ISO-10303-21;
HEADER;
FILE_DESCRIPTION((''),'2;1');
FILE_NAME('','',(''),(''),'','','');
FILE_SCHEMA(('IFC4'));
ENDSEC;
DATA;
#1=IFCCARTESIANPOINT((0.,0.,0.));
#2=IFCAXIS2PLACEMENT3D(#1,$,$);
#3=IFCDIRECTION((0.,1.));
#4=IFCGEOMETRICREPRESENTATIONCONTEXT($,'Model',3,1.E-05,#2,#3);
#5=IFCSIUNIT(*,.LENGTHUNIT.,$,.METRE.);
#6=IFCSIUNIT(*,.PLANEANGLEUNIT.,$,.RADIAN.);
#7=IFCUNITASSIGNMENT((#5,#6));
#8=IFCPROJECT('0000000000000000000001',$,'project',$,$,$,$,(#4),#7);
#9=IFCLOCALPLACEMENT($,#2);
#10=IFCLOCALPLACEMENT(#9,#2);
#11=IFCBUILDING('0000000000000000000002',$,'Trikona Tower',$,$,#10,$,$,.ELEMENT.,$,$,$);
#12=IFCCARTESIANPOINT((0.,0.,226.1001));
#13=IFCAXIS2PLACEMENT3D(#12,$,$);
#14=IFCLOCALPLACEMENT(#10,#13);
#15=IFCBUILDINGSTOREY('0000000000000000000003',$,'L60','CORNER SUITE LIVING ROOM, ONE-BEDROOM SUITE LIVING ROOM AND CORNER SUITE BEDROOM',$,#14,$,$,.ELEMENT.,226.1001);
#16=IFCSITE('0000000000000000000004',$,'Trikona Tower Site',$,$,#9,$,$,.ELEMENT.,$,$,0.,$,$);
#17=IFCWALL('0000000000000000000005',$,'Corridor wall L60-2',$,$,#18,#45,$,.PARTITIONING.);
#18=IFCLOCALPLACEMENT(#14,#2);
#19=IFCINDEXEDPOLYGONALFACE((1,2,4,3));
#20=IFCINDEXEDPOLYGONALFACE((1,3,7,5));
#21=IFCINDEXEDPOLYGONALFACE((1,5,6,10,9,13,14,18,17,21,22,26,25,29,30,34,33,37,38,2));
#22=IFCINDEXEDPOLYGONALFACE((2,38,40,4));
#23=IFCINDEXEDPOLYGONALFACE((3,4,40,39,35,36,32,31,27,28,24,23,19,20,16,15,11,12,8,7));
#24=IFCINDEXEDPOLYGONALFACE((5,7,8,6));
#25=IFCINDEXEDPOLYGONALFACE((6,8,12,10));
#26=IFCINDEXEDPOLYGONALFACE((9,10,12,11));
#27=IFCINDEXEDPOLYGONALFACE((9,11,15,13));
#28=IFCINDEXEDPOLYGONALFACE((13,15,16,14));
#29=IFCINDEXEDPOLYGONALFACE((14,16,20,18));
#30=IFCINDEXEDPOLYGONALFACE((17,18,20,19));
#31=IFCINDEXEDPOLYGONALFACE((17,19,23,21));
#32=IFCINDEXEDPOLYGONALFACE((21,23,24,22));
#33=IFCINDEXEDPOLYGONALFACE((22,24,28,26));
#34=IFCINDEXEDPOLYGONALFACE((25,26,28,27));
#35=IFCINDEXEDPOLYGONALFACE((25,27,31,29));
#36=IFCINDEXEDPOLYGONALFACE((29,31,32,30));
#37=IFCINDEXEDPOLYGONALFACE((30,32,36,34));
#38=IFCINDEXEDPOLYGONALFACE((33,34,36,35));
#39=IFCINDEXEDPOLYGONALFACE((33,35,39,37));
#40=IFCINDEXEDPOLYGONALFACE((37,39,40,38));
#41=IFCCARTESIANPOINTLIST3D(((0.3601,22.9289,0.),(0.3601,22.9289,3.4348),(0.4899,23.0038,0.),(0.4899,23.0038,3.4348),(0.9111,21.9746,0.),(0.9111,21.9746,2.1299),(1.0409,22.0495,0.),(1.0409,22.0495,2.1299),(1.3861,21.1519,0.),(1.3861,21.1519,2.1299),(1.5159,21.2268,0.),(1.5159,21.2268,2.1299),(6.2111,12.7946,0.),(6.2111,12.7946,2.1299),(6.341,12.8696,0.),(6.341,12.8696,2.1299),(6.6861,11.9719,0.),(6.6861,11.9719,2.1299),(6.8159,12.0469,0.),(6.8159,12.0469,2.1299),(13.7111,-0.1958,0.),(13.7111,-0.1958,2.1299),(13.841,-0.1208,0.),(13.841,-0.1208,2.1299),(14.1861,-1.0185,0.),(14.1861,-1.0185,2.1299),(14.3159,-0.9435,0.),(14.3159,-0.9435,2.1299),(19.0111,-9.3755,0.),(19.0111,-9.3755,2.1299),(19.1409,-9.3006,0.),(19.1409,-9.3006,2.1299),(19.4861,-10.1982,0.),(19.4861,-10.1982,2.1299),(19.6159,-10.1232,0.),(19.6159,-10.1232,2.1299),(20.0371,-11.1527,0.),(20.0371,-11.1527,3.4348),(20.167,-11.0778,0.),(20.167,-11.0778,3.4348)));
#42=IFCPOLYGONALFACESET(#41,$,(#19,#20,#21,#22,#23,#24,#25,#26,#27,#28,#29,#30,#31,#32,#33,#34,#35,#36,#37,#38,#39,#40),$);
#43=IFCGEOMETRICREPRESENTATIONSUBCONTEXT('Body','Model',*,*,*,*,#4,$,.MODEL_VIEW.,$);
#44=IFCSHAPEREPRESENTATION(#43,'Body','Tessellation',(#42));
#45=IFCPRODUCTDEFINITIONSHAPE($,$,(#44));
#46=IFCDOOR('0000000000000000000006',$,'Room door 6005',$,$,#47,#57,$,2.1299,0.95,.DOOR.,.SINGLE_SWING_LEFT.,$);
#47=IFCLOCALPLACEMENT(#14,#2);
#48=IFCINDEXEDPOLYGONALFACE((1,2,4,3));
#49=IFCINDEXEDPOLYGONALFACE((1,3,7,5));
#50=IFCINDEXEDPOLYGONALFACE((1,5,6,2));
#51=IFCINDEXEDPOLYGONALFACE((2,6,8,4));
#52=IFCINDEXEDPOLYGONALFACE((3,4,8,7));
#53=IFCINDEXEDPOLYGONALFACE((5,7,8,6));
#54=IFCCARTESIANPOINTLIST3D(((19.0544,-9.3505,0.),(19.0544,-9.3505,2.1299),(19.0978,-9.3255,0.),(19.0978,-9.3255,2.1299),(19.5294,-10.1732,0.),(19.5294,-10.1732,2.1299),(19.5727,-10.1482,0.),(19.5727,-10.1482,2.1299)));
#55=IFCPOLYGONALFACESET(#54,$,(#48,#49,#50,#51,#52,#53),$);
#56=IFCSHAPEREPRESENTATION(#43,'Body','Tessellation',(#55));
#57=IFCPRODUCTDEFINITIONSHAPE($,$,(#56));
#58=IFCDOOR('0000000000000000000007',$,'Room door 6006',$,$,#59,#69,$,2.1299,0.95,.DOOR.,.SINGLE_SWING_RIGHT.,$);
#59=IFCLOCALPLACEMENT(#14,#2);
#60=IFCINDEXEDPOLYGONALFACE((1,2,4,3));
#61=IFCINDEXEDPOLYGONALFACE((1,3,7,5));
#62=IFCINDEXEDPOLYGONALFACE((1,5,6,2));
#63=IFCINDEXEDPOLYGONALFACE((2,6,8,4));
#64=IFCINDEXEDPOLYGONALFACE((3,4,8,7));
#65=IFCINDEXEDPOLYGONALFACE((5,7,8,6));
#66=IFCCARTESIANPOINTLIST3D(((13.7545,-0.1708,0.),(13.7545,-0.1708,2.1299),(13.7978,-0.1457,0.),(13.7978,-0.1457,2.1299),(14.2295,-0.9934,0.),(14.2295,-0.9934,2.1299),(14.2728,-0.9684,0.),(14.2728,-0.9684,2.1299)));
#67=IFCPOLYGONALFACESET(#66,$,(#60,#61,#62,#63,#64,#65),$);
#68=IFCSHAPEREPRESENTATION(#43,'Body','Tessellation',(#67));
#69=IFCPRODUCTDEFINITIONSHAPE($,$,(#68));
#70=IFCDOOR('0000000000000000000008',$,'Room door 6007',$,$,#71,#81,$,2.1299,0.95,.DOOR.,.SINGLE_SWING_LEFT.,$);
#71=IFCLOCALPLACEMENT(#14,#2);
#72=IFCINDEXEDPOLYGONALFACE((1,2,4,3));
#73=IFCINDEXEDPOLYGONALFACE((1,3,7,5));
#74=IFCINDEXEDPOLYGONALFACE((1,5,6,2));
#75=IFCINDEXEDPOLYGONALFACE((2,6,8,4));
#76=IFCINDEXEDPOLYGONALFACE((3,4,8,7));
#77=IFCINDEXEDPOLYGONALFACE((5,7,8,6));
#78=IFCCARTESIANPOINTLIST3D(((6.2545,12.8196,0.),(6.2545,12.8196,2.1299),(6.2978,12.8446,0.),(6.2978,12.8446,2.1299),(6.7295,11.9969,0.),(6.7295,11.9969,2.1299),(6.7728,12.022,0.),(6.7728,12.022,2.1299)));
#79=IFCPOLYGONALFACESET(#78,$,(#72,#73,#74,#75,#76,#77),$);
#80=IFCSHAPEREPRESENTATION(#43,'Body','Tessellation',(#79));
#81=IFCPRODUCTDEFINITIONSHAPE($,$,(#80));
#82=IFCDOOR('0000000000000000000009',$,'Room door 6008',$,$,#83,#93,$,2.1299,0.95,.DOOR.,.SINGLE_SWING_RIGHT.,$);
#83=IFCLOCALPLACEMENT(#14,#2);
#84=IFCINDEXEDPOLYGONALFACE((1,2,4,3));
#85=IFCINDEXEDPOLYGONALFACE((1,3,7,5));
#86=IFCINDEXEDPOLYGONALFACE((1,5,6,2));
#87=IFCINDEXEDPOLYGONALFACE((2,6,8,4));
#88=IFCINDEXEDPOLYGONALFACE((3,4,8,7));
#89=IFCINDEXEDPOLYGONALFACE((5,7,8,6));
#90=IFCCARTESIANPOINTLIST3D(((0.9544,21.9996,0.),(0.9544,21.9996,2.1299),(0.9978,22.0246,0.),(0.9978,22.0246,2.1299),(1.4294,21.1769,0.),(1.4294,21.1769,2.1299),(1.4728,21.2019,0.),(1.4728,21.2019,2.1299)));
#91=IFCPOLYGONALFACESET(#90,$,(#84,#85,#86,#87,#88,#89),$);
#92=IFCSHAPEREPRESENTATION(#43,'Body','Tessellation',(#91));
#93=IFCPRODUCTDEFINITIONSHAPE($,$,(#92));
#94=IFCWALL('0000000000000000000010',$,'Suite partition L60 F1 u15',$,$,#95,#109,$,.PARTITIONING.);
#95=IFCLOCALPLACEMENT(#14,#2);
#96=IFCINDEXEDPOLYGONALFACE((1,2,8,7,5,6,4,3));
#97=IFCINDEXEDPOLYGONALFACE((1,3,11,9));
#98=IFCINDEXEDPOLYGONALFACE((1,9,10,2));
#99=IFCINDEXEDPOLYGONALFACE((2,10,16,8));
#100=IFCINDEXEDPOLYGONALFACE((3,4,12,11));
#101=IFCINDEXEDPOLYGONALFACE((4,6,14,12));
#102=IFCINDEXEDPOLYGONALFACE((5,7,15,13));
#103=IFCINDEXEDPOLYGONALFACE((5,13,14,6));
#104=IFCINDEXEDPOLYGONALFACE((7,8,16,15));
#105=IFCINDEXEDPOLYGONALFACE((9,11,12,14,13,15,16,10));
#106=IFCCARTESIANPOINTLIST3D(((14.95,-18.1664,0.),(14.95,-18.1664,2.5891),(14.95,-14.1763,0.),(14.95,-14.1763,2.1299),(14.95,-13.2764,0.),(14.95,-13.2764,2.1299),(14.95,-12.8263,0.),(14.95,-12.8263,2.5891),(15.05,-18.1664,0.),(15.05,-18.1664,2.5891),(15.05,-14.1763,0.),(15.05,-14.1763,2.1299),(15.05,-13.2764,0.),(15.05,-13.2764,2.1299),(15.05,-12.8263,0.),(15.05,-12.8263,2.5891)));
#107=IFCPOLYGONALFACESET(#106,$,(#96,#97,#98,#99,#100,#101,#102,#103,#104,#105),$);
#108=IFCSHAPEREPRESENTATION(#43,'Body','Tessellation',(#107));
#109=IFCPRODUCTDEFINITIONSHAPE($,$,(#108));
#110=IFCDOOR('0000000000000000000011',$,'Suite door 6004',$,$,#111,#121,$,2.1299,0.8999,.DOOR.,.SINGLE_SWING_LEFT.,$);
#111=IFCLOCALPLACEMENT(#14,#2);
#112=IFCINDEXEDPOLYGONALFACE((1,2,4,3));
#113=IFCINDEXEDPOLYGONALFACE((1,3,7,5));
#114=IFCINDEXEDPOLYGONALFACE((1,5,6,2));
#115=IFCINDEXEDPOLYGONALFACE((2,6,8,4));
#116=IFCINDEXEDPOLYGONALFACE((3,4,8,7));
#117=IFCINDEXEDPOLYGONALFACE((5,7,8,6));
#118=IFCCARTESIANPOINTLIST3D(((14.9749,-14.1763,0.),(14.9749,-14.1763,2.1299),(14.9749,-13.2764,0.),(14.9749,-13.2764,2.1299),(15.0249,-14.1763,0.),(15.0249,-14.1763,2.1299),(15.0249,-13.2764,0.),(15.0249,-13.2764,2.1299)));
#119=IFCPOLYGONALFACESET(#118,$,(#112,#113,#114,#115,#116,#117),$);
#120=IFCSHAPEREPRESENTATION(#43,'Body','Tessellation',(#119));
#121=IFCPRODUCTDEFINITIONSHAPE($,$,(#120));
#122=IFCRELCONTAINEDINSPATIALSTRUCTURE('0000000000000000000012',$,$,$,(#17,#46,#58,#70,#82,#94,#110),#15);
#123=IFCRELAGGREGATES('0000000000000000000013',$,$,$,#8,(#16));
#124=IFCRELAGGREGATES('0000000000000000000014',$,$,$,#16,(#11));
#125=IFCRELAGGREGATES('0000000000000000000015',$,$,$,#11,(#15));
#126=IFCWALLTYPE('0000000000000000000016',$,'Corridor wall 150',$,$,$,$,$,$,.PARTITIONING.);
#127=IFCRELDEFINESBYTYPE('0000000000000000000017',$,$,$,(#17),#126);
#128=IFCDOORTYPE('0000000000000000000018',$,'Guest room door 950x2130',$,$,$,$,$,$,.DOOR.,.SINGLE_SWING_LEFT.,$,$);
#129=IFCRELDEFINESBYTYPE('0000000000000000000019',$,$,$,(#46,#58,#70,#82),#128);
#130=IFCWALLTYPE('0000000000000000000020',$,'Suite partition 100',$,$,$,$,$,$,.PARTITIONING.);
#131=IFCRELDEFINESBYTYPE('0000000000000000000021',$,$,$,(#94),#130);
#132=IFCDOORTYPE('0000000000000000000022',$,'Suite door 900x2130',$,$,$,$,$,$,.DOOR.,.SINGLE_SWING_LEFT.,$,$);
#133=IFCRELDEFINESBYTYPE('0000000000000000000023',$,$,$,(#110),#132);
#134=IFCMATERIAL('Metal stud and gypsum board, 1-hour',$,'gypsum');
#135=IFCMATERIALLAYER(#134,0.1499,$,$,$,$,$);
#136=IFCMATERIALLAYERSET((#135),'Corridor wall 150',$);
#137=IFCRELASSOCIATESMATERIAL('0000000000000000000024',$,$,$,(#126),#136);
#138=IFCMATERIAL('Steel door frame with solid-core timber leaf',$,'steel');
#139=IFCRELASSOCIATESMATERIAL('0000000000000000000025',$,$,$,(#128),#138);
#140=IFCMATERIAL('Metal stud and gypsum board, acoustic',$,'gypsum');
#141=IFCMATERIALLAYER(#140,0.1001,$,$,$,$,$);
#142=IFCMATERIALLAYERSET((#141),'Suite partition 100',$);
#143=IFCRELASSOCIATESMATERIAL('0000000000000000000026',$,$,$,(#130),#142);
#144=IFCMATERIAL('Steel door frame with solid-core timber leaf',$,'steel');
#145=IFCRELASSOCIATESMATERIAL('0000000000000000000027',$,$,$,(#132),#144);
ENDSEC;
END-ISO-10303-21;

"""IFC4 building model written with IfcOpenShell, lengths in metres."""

from ifc_helpers import new_model, si_unit, direction, frame, frame_2d, origin, place, context, subcontext, project, spatial, rectangle, extrude, material, layer, layer_set, type_object, element, fill, save


model = new_model("IFC4")

# Units and contexts
model_context = context("Model", 3, precision=1e-05, world=origin(), true_north=direction((0.0, 1.0)))
body_context = subcontext(model_context, "Body", "Model", "MODEL_VIEW")
ifc_project = project(units=[si_unit("LENGTHUNIT", "METRE"), si_unit("PLANEANGLEUNIT", "RADIAN")], contexts=[model_context])

# Site, building, storey
site_placement = place(None, origin())
site = spatial("IfcSite", under=ifc_project, at=site_placement, Name="Trikona Tower Site", CompositionType="ELEMENT", RefElevation=0.0)
building_placement = place(site_placement, origin())
building = spatial("IfcBuilding", under=site, at=building_placement, Name="Trikona Tower", CompositionType="ELEMENT")
storey_placement = place(building_placement, frame((0.0, 0.0, 226.1001)))
storey = spatial("IfcBuildingStorey", under=building, at=storey_placement, Name="L60", Description="CORNER SUITE LIVING ROOM, ONE-BEDROOM SUITE LIVING ROOM AND CORNER SUITE BEDROOM", CompositionType="ELEMENT", Elevation=226.1001)

# Wall, openings, doors
ifc_material_1 = material(Name="Metal stud and gypsum board, 1-hour", Category="gypsum")
ifc_layer_1 = layer(ifc_material_1, 0.1499)
ifc_layer_set_1 = layer_set([ifc_layer_1], Name="Corridor wall 150")
wall_type_1 = type_object("IfcWallType", Name="Corridor wall 150", PredefinedType="PARTITIONING", material=ifc_layer_set_1)
wall_1_placement = place(storey_placement, frame((20.1021, -11.1152, 0.0), z_axis=(0.0, 0.0, 1.0), x_axis=(-0.5, 0.866025, 0.0)))
wall_1 = element("IfcWall", 1, at=wall_1_placement, inside=storey, type_object=wall_type_1, Name="Corridor wall L60-2", PredefinedType="PARTITIONING", context=body_context, shape_type="SweptSolid", body=[
    extrude(rectangle(XDim=39.354, YDim=0.1499, at=frame_2d((19.677, 0.0))), origin(), (0.0, 0.0, 1.0), 3.4348),
])
opening_1_placement = place(wall_1_placement, frame((1.1021, 0.0, 0.0)))
opening_1 = element("IfcOpeningElement", 2, at=opening_1_placement, cuts=wall_1, PredefinedType="OPENING", context=body_context, shape_type="SweptSolid", body=[
    extrude(rectangle(XDim=0.95, YDim=2.1299, at=frame_2d((0.4751, 1.0649))), frame((0.0, 0.085, 0.0), z_axis=(0.0, -1.0, 0.0), x_axis=(1.0, 0.0, 0.0)), (0.0, 0.0, 1.0), 0.1699),
])
opening_2_placement = place(wall_1_placement, frame((11.7019, 0.0, 0.0)))
opening_2 = element("IfcOpeningElement", 3, at=opening_2_placement, cuts=wall_1, PredefinedType="OPENING", context=body_context, shape_type="SweptSolid", body=[
    extrude(rectangle(XDim=0.95, YDim=2.1299, at=frame_2d((0.4751, 1.0649))), frame((0.0, 0.085, 0.0), z_axis=(0.0, -1.0, 0.0), x_axis=(1.0, 0.0, 0.0)), (0.0, 0.0, 1.0), 0.1699),
])
opening_3_placement = place(wall_1_placement, frame((26.7019, 0.0, 0.0)))
opening_3 = element("IfcOpeningElement", 4, at=opening_3_placement, cuts=wall_1, PredefinedType="OPENING", context=body_context, shape_type="SweptSolid", body=[
    extrude(rectangle(XDim=0.95, YDim=2.1299, at=frame_2d((0.4751, 1.0649))), frame((0.0, 0.085, 0.0), z_axis=(0.0, -1.0, 0.0), x_axis=(1.0, 0.0, 0.0)), (0.0, 0.0, 1.0), 0.1699),
])
opening_4_placement = place(wall_1_placement, frame((37.302, 0.0, 0.0)))
opening_4 = element("IfcOpeningElement", 5, at=opening_4_placement, cuts=wall_1, PredefinedType="OPENING", context=body_context, shape_type="SweptSolid", body=[
    extrude(rectangle(XDim=0.95, YDim=2.1299, at=frame_2d((0.4751, 1.0649))), frame((0.0, 0.085, 0.0), z_axis=(0.0, -1.0, 0.0), x_axis=(1.0, 0.0, 0.0)), (0.0, 0.0, 1.0), 0.1699),
])
ifc_material_2 = material(Name="Steel door frame with solid-core timber leaf", Category="steel")
door_type_1 = type_object("IfcDoorType", Name="Guest room door 950x2130", OperationType="SINGLE_SWING_LEFT", PredefinedType="DOOR", material=ifc_material_2)
door_1_placement = place(opening_1_placement, origin())
door_1 = element("IfcDoor", 6, at=door_1_placement, inside=storey, type_object=door_type_1, Name="Room door 6005", OperationType="SINGLE_SWING_LEFT", OverallHeight=2.1299, OverallWidth=0.95, PredefinedType="DOOR", context=body_context, shape_type="SweptSolid", body=[
    extrude(rectangle(XDim=0.95, YDim=2.1299, at=frame_2d((0.4751, 1.0649))), frame((0.0, 0.0249, 0.0), z_axis=(0.0, -1.0, 0.0), x_axis=(1.0, 0.0, 0.0)), (0.0, 0.0, 1.0), 0.05),
])
fill(opening_1, door_1)
door_2_placement = place(opening_2_placement, origin())
door_2 = element("IfcDoor", 7, at=door_2_placement, inside=storey, type_object=door_type_1, Name="Room door 6006", OperationType="SINGLE_SWING_RIGHT", OverallHeight=2.1299, OverallWidth=0.95, PredefinedType="DOOR", context=body_context, shape_type="SweptSolid", body=[
    extrude(rectangle(XDim=0.95, YDim=2.1299, at=frame_2d((0.4751, 1.0649))), frame((0.0, 0.0249, 0.0), z_axis=(0.0, -1.0, 0.0), x_axis=(1.0, 0.0, 0.0)), (0.0, 0.0, 1.0), 0.05),
])
fill(opening_2, door_2)
door_3_placement = place(opening_3_placement, origin())
door_3 = element("IfcDoor", 8, at=door_3_placement, inside=storey, type_object=door_type_1, Name="Room door 6007", OperationType="SINGLE_SWING_LEFT", OverallHeight=2.1299, OverallWidth=0.95, PredefinedType="DOOR", context=body_context, shape_type="SweptSolid", body=[
    extrude(rectangle(XDim=0.95, YDim=2.1299, at=frame_2d((0.4751, 1.0649))), frame((0.0, 0.0249, 0.0), z_axis=(0.0, -1.0, 0.0), x_axis=(1.0, 0.0, 0.0)), (0.0, 0.0, 1.0), 0.05),
])
fill(opening_3, door_3)
door_4_placement = place(opening_4_placement, origin())
door_4 = element("IfcDoor", 9, at=door_4_placement, inside=storey, type_object=door_type_1, Name="Room door 6008", OperationType="SINGLE_SWING_RIGHT", OverallHeight=2.1299, OverallWidth=0.95, PredefinedType="DOOR", context=body_context, shape_type="SweptSolid", body=[
    extrude(rectangle(XDim=0.95, YDim=2.1299, at=frame_2d((0.4751, 1.0649))), frame((0.0, 0.0249, 0.0), z_axis=(0.0, -1.0, 0.0), x_axis=(1.0, 0.0, 0.0)), (0.0, 0.0, 1.0), 0.05),
])
fill(opening_4, door_4)

# Wall, opening, door
ifc_material_3 = material(Name="Metal stud and gypsum board, acoustic", Category="gypsum")
ifc_layer_2 = layer(ifc_material_3, 0.1001)
ifc_layer_set_2 = layer_set([ifc_layer_2], Name="Suite partition 100")
wall_type_2 = type_object("IfcWallType", Name="Suite partition 100", PredefinedType="PARTITIONING", material=ifc_layer_set_2)
wall_2_placement = place(storey_placement, frame((15.0, -12.8264, 0.0), z_axis=(0.0, 0.0, 1.0), x_axis=(0.0, -1.0, 0.0)))
wall_2 = element("IfcWall", 10, at=wall_2_placement, inside=storey, type_object=wall_type_2, Name="Suite partition L60 F1 u15", PredefinedType="PARTITIONING", context=body_context, shape_type="SweptSolid", body=[
    extrude(rectangle(XDim=5.3401, YDim=0.1001, at=frame_2d((2.6699, 0.0))), origin(), (0.0, 0.0, 1.0), 2.5891),
])
opening_5_placement = place(wall_2_placement, frame((0.45, 0.0, 0.0)))
opening_5 = element("IfcOpeningElement", 11, at=opening_5_placement, cuts=wall_2, PredefinedType="OPENING", context=body_context, shape_type="SweptSolid", body=[
    extrude(rectangle(XDim=0.8999, YDim=2.1299, at=frame_2d((0.45, 1.0649))), frame((0.0, 0.0601, 0.0), z_axis=(0.0, -1.0, 0.0), x_axis=(1.0, 0.0, 0.0)), (0.0, 0.0, 1.0), 0.1201),
])
ifc_material_4 = material(Name="Steel door frame with solid-core timber leaf", Category="steel")
door_type_2 = type_object("IfcDoorType", Name="Suite door 900x2130", OperationType="SINGLE_SWING_LEFT", PredefinedType="DOOR", material=ifc_material_4)
door_5_placement = place(opening_5_placement, origin())
door_5 = element("IfcDoor", 12, at=door_5_placement, inside=storey, type_object=door_type_2, Name="Suite door 6004", OperationType="SINGLE_SWING_LEFT", OverallHeight=2.1299, OverallWidth=0.8999, PredefinedType="DOOR", context=body_context, shape_type="SweptSolid", body=[
    extrude(rectangle(XDim=0.8999, YDim=2.1299, at=frame_2d((0.45, 1.0649))), frame((0.0, 0.0249, 0.0), z_axis=(0.0, -1.0, 0.0), x_axis=(1.0, 0.0, 0.0)), (0.0, 0.0, 1.0), 0.05),
])
fill(opening_5, door_5)

save(model, "model.ifc")
